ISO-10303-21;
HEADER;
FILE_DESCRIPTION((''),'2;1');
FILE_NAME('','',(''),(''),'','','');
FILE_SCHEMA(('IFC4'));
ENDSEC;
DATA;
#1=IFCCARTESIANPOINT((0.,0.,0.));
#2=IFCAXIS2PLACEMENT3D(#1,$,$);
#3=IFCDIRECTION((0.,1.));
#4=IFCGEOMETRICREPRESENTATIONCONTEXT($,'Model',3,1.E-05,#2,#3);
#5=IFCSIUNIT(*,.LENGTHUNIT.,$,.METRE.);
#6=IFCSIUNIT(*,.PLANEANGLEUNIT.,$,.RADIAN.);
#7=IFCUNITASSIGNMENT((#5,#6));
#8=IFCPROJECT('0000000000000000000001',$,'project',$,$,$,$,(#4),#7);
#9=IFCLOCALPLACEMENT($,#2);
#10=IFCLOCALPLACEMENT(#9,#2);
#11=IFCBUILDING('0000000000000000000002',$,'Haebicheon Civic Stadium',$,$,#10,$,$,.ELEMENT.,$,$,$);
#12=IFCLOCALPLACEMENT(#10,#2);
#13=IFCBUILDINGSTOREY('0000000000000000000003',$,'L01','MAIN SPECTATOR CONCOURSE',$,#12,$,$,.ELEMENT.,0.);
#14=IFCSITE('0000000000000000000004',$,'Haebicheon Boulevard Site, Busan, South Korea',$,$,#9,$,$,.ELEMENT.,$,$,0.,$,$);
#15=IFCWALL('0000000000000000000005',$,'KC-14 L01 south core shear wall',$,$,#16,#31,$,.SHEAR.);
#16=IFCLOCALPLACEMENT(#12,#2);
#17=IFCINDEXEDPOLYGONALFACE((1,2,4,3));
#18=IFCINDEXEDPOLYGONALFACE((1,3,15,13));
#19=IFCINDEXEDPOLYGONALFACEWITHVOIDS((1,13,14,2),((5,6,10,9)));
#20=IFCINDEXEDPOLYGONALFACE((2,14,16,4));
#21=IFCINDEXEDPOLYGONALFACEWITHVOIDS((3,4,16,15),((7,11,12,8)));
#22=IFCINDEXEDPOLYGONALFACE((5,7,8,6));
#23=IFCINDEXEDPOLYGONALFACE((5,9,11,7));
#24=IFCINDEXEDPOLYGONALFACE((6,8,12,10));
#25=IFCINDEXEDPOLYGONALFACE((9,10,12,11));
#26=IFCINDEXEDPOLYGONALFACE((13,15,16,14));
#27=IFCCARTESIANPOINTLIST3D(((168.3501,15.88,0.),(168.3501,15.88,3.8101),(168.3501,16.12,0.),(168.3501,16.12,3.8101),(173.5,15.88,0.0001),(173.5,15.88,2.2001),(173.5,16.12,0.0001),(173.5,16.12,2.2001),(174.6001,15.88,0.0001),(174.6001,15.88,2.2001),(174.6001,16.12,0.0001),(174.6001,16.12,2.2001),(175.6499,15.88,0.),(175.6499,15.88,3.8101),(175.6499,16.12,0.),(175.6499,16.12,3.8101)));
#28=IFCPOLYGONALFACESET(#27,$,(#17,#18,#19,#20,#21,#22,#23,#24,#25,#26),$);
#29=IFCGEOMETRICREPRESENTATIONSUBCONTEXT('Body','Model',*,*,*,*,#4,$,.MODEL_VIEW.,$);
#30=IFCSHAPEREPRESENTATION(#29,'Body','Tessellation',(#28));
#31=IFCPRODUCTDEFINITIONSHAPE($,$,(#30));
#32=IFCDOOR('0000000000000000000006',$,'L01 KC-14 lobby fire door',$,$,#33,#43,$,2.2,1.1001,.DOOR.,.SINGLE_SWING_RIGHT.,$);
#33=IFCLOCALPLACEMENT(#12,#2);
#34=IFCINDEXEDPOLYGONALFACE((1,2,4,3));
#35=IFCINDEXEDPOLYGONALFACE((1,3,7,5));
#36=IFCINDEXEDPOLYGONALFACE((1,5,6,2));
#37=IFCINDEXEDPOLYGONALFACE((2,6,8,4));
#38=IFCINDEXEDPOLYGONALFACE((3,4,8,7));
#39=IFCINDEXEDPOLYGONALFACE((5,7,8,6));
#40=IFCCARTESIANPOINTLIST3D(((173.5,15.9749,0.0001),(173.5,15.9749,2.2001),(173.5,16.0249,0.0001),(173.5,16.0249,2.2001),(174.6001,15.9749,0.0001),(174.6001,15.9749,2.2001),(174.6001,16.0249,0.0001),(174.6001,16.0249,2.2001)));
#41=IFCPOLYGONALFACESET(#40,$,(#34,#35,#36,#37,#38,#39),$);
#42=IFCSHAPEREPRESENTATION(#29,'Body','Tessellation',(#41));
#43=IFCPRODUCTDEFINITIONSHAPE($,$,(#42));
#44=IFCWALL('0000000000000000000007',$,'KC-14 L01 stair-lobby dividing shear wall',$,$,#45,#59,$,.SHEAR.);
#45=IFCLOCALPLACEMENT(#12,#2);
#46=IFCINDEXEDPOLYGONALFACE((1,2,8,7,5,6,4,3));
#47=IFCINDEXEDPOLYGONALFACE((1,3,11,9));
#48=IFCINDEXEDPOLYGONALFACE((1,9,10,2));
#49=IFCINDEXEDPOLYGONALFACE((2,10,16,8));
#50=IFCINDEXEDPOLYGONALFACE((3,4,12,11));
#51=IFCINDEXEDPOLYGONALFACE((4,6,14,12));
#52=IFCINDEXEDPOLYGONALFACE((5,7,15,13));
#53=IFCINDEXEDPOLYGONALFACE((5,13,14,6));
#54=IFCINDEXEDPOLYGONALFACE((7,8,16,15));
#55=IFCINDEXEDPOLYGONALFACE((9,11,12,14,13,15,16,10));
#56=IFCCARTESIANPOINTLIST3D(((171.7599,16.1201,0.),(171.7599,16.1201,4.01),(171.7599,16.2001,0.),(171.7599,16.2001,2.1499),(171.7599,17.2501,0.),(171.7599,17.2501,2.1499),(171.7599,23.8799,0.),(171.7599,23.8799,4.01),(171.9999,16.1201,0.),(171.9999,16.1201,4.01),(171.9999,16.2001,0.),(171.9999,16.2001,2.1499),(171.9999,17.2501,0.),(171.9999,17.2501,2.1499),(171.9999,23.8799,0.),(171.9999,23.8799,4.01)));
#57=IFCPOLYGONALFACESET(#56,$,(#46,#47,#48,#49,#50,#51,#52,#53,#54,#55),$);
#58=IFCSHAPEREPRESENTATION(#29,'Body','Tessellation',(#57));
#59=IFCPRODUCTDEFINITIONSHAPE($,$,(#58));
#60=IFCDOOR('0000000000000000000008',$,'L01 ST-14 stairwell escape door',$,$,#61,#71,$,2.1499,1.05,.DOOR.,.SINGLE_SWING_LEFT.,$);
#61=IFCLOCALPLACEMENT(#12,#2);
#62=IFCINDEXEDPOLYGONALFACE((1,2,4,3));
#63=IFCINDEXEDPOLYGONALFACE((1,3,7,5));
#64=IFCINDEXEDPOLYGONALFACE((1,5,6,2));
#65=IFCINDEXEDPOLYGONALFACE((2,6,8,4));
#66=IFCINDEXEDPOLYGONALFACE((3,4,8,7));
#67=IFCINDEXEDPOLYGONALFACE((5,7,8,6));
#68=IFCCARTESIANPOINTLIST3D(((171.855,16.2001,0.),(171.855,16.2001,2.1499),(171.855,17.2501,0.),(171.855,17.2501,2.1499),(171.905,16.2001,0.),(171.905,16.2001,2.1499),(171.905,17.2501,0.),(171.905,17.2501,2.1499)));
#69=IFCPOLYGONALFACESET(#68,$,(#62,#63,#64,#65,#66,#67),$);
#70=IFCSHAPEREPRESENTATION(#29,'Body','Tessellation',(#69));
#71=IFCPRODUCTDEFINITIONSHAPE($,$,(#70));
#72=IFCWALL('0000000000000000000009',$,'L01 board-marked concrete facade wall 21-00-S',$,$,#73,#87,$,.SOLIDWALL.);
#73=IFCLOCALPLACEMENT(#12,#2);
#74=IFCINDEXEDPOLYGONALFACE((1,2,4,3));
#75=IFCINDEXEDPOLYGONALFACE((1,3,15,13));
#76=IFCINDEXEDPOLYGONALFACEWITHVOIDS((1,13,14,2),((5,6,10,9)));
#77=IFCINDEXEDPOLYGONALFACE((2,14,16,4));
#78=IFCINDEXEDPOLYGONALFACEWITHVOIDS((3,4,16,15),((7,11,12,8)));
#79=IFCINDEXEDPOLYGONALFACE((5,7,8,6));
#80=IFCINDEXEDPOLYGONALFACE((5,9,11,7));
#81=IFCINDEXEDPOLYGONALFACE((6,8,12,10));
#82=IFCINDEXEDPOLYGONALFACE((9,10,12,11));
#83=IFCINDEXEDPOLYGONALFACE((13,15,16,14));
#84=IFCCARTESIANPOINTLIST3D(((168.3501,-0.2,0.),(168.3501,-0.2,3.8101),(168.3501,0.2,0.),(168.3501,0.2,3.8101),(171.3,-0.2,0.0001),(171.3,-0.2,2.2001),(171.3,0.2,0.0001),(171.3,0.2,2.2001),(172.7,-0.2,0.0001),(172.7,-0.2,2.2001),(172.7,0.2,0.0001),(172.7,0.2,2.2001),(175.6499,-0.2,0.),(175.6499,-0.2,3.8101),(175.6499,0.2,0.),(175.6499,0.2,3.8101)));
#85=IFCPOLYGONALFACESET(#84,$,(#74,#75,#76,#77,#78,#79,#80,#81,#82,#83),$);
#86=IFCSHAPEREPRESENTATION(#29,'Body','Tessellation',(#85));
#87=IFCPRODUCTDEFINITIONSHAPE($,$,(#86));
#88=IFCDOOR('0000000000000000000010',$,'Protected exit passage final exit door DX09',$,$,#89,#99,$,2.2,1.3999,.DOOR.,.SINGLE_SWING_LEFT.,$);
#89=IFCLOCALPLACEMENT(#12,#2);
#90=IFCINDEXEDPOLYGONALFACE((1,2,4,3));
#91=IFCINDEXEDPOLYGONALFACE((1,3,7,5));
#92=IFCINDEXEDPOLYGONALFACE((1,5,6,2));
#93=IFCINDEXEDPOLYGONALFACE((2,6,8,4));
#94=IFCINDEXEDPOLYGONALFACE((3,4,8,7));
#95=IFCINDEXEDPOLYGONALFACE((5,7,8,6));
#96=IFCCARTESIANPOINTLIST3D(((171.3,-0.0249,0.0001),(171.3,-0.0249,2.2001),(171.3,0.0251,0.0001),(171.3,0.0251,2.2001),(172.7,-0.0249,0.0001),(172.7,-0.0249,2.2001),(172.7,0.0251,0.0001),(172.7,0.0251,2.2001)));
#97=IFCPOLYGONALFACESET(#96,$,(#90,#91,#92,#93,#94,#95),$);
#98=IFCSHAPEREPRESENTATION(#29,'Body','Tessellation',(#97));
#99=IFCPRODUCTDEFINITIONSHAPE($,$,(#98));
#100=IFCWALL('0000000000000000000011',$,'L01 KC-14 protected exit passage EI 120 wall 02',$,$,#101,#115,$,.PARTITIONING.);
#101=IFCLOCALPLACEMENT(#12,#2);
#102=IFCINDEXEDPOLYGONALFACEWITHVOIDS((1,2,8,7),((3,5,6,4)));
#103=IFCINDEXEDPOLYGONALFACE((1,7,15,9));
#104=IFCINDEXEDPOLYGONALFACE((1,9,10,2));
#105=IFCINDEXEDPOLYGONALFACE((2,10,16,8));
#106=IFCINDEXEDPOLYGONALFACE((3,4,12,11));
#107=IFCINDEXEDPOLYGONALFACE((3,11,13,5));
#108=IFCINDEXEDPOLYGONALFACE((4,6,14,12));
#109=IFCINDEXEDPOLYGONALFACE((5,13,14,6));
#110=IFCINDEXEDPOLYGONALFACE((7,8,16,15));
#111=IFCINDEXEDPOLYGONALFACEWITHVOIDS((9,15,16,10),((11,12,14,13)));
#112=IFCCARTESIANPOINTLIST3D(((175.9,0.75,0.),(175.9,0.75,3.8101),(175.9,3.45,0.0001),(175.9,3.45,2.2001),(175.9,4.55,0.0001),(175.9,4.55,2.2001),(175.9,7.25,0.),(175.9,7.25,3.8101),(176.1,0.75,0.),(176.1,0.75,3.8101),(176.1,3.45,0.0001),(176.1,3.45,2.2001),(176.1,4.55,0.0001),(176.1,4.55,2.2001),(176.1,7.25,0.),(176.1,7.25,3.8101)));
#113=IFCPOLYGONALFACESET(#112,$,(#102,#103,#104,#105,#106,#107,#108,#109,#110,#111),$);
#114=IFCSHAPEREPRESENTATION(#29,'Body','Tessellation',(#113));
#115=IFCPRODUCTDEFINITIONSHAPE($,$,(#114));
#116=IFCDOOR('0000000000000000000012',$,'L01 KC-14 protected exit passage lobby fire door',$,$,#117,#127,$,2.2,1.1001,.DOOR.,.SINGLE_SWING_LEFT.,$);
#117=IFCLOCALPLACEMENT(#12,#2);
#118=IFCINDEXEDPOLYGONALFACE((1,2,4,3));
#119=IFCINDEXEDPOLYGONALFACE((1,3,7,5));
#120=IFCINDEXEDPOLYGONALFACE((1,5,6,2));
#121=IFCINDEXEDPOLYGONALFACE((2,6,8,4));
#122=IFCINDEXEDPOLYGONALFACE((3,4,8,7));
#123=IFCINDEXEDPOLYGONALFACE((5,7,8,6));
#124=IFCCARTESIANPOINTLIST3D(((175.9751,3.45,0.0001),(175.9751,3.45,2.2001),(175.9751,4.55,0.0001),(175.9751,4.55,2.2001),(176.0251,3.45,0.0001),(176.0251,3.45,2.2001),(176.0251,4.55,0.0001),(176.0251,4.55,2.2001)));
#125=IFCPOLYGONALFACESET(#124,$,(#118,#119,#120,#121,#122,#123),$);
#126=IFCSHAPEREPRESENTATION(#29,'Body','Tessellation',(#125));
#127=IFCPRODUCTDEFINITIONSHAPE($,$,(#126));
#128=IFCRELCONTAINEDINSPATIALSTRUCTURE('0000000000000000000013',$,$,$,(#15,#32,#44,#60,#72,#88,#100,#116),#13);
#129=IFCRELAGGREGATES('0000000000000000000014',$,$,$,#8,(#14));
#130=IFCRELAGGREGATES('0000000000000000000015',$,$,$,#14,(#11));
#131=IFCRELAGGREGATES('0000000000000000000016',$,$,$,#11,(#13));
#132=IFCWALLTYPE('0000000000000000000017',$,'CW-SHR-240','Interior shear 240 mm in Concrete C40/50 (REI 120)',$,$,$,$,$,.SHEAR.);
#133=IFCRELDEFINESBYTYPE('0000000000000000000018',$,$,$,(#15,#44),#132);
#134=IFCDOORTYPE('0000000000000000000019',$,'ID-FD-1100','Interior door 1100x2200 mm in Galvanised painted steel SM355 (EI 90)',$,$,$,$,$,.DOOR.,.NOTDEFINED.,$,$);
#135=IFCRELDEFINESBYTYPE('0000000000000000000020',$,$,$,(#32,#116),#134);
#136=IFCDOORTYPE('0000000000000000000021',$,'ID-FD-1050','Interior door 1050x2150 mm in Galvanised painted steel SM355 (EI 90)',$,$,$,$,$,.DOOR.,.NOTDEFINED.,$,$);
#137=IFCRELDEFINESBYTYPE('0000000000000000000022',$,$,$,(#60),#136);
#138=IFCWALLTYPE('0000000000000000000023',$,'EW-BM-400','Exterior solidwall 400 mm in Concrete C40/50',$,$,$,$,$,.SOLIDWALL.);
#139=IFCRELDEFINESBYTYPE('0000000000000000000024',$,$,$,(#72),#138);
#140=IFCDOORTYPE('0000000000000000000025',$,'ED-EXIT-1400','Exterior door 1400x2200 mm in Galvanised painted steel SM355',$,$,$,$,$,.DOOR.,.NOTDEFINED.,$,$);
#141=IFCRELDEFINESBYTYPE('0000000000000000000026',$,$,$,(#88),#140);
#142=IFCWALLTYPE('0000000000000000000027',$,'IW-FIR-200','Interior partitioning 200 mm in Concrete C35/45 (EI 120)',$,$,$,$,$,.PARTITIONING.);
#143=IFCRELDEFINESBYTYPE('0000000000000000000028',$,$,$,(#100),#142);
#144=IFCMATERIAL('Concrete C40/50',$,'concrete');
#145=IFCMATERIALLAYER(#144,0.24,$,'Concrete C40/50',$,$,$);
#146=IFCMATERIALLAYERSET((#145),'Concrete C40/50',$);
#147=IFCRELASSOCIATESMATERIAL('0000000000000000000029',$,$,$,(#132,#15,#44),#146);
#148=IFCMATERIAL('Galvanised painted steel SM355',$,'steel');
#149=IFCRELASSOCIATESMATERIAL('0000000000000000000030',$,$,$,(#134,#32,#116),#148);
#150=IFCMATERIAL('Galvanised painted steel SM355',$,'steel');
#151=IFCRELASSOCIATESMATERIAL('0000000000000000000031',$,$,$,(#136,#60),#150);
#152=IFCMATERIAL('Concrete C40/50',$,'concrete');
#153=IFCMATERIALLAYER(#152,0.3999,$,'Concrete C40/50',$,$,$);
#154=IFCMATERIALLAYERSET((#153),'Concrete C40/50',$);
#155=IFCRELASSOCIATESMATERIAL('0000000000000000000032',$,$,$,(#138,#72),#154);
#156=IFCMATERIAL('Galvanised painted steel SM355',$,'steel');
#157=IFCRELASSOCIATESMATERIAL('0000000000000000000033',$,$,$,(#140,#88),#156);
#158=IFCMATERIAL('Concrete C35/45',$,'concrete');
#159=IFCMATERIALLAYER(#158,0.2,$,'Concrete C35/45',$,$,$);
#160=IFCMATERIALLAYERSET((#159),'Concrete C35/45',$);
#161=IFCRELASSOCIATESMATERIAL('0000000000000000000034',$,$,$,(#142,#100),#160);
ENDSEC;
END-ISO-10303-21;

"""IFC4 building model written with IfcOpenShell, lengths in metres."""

from ifc_helpers import new_model, si_unit, direction, frame, frame_2d, origin, place, context, subcontext, project, spatial, rectangle, extrude, material, layer, layer_set, type_object, element, fill, save


model = new_model("IFC4")

# Units and contexts
model_context = context("Model", 3, precision=1e-05, world=origin(), true_north=direction((0.0, 1.0)))
body_context = subcontext(model_context, "Body", "Model", "MODEL_VIEW")
ifc_project = project(units=[si_unit("LENGTHUNIT", "METRE"), si_unit("PLANEANGLEUNIT", "RADIAN")], contexts=[model_context])

# Site, building, storey
site_placement = place(None, origin())
site = spatial("IfcSite", under=ifc_project, at=site_placement, Name="Haebicheon Boulevard Site, Busan, South Korea", CompositionType="ELEMENT", RefElevation=0.0)
building_placement = place(site_placement, origin())
building = spatial("IfcBuilding", under=site, at=building_placement, Name="Haebicheon Civic Stadium", CompositionType="ELEMENT")
storey_placement = place(building_placement, origin())
storey = spatial("IfcBuildingStorey", under=building, at=storey_placement, Name="L01", Description="MAIN SPECTATOR CONCOURSE", CompositionType="ELEMENT", Elevation=0.0)

# Walls, openings, doors
ifc_material_1 = material(Name="Concrete C40/50", Category="concrete")
ifc_layer_1 = layer(ifc_material_1, 0.24, Name="Concrete C40/50")
ifc_layer_set_1 = layer_set([ifc_layer_1], Name="Concrete C40/50")
wall_type_1 = type_object("IfcWallType", Name="CW-SHR-240", Description="Interior shear 240 mm in Concrete C40/50 (REI 120)", PredefinedType="SHEAR", material=ifc_layer_set_1)
wall_1_placement = place(storey_placement, frame((168.3501, 16.0, 0.0), z_axis=(0.0, 0.0, 1.0), x_axis=(1.0, 0.0, 0.0)))
wall_1 = element("IfcWall", 1, at=wall_1_placement, inside=storey, type_object=wall_type_1, material=ifc_layer_set_1, Name="KC-14 L01 south core shear wall", PredefinedType="SHEAR", context=body_context, shape_type="SweptSolid", body=[
    extrude(rectangle(XDim=7.2998, YDim=0.24, at=frame_2d((3.6499, 0.0))), origin(), (0.0, 0.0, 1.0), 3.8101),
])
opening_1_placement = place(wall_1_placement, frame((5.1499, 0.0, 0.0)))
opening_1 = element("IfcOpeningElement", 2, at=opening_1_placement, cuts=wall_1, PredefinedType="OPENING", context=body_context, shape_type="SweptSolid", body=[
    extrude(rectangle(XDim=1.1001, YDim=2.2, at=frame_2d((0.55, 1.1001))), frame((0.0, 0.1299, 0.0), z_axis=(0.0, -1.0, 0.0), x_axis=(1.0, 0.0, 0.0)), (0.0, 0.0, 1.0), 0.26),
])
ifc_material_2 = material(Name="Galvanised painted steel SM355", Category="steel")
door_type_1 = type_object("IfcDoorType", Name="ID-FD-1100", Description="Interior door 1100x2200 mm in Galvanised painted steel SM355 (EI 90)", OperationType="NOTDEFINED", PredefinedType="DOOR", material=ifc_material_2)
door_1_placement = place(opening_1_placement, origin())
door_1 = element("IfcDoor", 3, at=door_1_placement, inside=storey, type_object=door_type_1, material=ifc_material_2, Name="L01 KC-14 lobby fire door", OperationType="SINGLE_SWING_RIGHT", OverallHeight=2.2, OverallWidth=1.1001, PredefinedType="DOOR", context=body_context, shape_type="SweptSolid", body=[
    extrude(rectangle(XDim=1.1001, YDim=2.2, at=frame_2d((0.55, 1.1001))), frame((0.0, 0.0249, 0.0), z_axis=(0.0, -1.0, 0.0), x_axis=(1.0, 0.0, 0.0)), (0.0, 0.0, 1.0), 0.05),
])
fill(opening_1, door_1)
wall_2_placement = place(storey_placement, frame((171.8799, 16.1201, 0.0), z_axis=(0.0, 0.0, 1.0), x_axis=(0.0, 1.0, 0.0)))
wall_2 = element("IfcWall", 4, at=wall_2_placement, inside=storey, type_object=wall_type_1, material=ifc_layer_set_1, Name="KC-14 L01 stair-lobby dividing shear wall", PredefinedType="SHEAR", context=body_context, shape_type="SweptSolid", body=[
    extrude(rectangle(XDim=7.7598, YDim=0.24, at=frame_2d((3.8799, 0.0))), origin(), (0.0, 0.0, 1.0), 4.01),
])
opening_2_placement = place(wall_2_placement, frame((0.0801, 0.0, 0.0)))
opening_2 = element("IfcOpeningElement", 5, at=opening_2_placement, cuts=wall_2, PredefinedType="OPENING", context=body_context, shape_type="SweptSolid", body=[
    extrude(rectangle(XDim=1.05, YDim=2.1499, at=frame_2d((0.5249, 1.075))), frame((0.0, 0.1299, 0.0), z_axis=(0.0, -1.0, 0.0), x_axis=(1.0, 0.0, 0.0)), (0.0, 0.0, 1.0), 0.26),
])
ifc_material_3 = material(Name="Galvanised painted steel SM355", Category="steel")
door_type_2 = type_object("IfcDoorType", Name="ID-FD-1050", Description="Interior door 1050x2150 mm in Galvanised painted steel SM355 (EI 90)", OperationType="NOTDEFINED", PredefinedType="DOOR", material=ifc_material_3)
door_2_placement = place(opening_2_placement, origin())
door_2 = element("IfcDoor", 6, at=door_2_placement, inside=storey, type_object=door_type_2, material=ifc_material_3, Name="L01 ST-14 stairwell escape door", OperationType="SINGLE_SWING_LEFT", OverallHeight=2.1499, OverallWidth=1.05, PredefinedType="DOOR", context=body_context, shape_type="SweptSolid", body=[
    extrude(rectangle(XDim=1.05, YDim=2.1499, at=frame_2d((0.5249, 1.075))), frame((0.0, 0.0249, 0.0), z_axis=(0.0, -1.0, 0.0), x_axis=(1.0, 0.0, 0.0)), (0.0, 0.0, 1.0), 0.05),
])
fill(opening_2, door_2)
ifc_material_4 = material(Name="Concrete C40/50", Category="concrete")
ifc_layer_2 = layer(ifc_material_4, 0.3999, Name="Concrete C40/50")
ifc_layer_set_2 = layer_set([ifc_layer_2], Name="Concrete C40/50")
wall_type_2 = type_object("IfcWallType", Name="EW-BM-400", Description="Exterior solidwall 400 mm in Concrete C40/50", PredefinedType="SOLIDWALL", material=ifc_layer_set_2)
wall_3_placement = place(storey_placement, frame((175.6499, 0.0, 0.0), z_axis=(0.0, 0.0, 1.0), x_axis=(-1.0, 0.0, 0.0)))
wall_3 = element("IfcWall", 7, at=wall_3_placement, inside=storey, type_object=wall_type_2, material=ifc_layer_set_2, Name="L01 board-marked concrete facade wall 21-00-S", PredefinedType="SOLIDWALL", context=body_context, shape_type="SweptSolid", body=[
    extrude(rectangle(XDim=7.2998, YDim=0.3999, at=frame_2d((3.6499, 0.0))), origin(), (0.0, 0.0, 1.0), 3.8101),
])
opening_3_placement = place(wall_3_placement, frame((2.95, 0.0, 0.0)))
opening_3 = element("IfcOpeningElement", 8, at=opening_3_placement, cuts=wall_3, PredefinedType="OPENING", context=body_context, shape_type="SweptSolid", body=[
    extrude(rectangle(XDim=1.3999, YDim=2.2, at=frame_2d((0.7, 1.1001))), frame((0.0, 0.21, 0.0), z_axis=(0.0, -1.0, 0.0), x_axis=(1.0, 0.0, 0.0)), (0.0, 0.0, 1.0), 0.4199),
])
ifc_material_5 = material(Name="Galvanised painted steel SM355", Category="steel")
door_type_3 = type_object("IfcDoorType", Name="ED-EXIT-1400", Description="Exterior door 1400x2200 mm in Galvanised painted steel SM355", OperationType="NOTDEFINED", PredefinedType="DOOR", material=ifc_material_5)
door_3_placement = place(opening_3_placement, origin())
door_3 = element("IfcDoor", 9, at=door_3_placement, inside=storey, type_object=door_type_3, material=ifc_material_5, Name="Protected exit passage final exit door DX09", OperationType="SINGLE_SWING_LEFT", OverallHeight=2.2, OverallWidth=1.3999, PredefinedType="DOOR", context=body_context, shape_type="SweptSolid", body=[
    extrude(rectangle(XDim=1.3999, YDim=2.2, at=frame_2d((0.7, 1.1001))), frame((0.0, 0.0249, 0.0), z_axis=(0.0, -1.0, 0.0), x_axis=(1.0, 0.0, 0.0)), (0.0, 0.0, 1.0), 0.05),
])
fill(opening_3, door_3)
ifc_material_6 = material(Name="Concrete C35/45", Category="concrete")
ifc_layer_3 = layer(ifc_material_6, 0.2, Name="Concrete C35/45")
ifc_layer_set_3 = layer_set([ifc_layer_3], Name="Concrete C35/45")
wall_type_3 = type_object("IfcWallType", Name="IW-FIR-200", Description="Interior partitioning 200 mm in Concrete C35/45 (EI 120)", PredefinedType="PARTITIONING", material=ifc_layer_set_3)
wall_4_placement = place(storey_placement, frame((176.0, 0.75, 0.0), z_axis=(0.0, 0.0, 1.0), x_axis=(0.0, 1.0, 0.0)))
wall_4 = element("IfcWall", 10, at=wall_4_placement, inside=storey, type_object=wall_type_3, material=ifc_layer_set_3, Name="L01 KC-14 protected exit passage EI 120 wall 02", PredefinedType="PARTITIONING", context=body_context, shape_type="SweptSolid", body=[
    extrude(rectangle(XDim=6.5, YDim=0.2, at=frame_2d((3.25, 0.0))), origin(), (0.0, 0.0, 1.0), 3.8101),
])
opening_4_placement = place(wall_4_placement, frame((2.7, 0.0, 0.0)))
opening_4 = element("IfcOpeningElement", 11, at=opening_4_placement, cuts=wall_4, PredefinedType="OPENING", context=body_context, shape_type="SweptSolid", body=[
    extrude(rectangle(XDim=1.1001, YDim=2.2, at=frame_2d((0.55, 1.1001))), frame((0.0, 0.1099, 0.0), z_axis=(0.0, -1.0, 0.0), x_axis=(1.0, 0.0, 0.0)), (0.0, 0.0, 1.0), 0.22),
])
door_4_placement = place(opening_4_placement, origin())
door_4 = element("IfcDoor", 12, at=door_4_placement, inside=storey, type_object=door_type_1, material=ifc_material_2, Name="L01 KC-14 protected exit passage lobby fire door", OperationType="SINGLE_SWING_LEFT", OverallHeight=2.2, OverallWidth=1.1001, PredefinedType="DOOR", context=body_context, shape_type="SweptSolid", body=[
    extrude(rectangle(XDim=1.1001, YDim=2.2, at=frame_2d((0.55, 1.1001))), frame((0.0, 0.0249, 0.0), z_axis=(0.0, -1.0, 0.0), x_axis=(1.0, 0.0, 0.0)), (0.0, 0.0, 1.0), 0.05),
])
fill(opening_4, door_4)

save(model, "model.ifc")
